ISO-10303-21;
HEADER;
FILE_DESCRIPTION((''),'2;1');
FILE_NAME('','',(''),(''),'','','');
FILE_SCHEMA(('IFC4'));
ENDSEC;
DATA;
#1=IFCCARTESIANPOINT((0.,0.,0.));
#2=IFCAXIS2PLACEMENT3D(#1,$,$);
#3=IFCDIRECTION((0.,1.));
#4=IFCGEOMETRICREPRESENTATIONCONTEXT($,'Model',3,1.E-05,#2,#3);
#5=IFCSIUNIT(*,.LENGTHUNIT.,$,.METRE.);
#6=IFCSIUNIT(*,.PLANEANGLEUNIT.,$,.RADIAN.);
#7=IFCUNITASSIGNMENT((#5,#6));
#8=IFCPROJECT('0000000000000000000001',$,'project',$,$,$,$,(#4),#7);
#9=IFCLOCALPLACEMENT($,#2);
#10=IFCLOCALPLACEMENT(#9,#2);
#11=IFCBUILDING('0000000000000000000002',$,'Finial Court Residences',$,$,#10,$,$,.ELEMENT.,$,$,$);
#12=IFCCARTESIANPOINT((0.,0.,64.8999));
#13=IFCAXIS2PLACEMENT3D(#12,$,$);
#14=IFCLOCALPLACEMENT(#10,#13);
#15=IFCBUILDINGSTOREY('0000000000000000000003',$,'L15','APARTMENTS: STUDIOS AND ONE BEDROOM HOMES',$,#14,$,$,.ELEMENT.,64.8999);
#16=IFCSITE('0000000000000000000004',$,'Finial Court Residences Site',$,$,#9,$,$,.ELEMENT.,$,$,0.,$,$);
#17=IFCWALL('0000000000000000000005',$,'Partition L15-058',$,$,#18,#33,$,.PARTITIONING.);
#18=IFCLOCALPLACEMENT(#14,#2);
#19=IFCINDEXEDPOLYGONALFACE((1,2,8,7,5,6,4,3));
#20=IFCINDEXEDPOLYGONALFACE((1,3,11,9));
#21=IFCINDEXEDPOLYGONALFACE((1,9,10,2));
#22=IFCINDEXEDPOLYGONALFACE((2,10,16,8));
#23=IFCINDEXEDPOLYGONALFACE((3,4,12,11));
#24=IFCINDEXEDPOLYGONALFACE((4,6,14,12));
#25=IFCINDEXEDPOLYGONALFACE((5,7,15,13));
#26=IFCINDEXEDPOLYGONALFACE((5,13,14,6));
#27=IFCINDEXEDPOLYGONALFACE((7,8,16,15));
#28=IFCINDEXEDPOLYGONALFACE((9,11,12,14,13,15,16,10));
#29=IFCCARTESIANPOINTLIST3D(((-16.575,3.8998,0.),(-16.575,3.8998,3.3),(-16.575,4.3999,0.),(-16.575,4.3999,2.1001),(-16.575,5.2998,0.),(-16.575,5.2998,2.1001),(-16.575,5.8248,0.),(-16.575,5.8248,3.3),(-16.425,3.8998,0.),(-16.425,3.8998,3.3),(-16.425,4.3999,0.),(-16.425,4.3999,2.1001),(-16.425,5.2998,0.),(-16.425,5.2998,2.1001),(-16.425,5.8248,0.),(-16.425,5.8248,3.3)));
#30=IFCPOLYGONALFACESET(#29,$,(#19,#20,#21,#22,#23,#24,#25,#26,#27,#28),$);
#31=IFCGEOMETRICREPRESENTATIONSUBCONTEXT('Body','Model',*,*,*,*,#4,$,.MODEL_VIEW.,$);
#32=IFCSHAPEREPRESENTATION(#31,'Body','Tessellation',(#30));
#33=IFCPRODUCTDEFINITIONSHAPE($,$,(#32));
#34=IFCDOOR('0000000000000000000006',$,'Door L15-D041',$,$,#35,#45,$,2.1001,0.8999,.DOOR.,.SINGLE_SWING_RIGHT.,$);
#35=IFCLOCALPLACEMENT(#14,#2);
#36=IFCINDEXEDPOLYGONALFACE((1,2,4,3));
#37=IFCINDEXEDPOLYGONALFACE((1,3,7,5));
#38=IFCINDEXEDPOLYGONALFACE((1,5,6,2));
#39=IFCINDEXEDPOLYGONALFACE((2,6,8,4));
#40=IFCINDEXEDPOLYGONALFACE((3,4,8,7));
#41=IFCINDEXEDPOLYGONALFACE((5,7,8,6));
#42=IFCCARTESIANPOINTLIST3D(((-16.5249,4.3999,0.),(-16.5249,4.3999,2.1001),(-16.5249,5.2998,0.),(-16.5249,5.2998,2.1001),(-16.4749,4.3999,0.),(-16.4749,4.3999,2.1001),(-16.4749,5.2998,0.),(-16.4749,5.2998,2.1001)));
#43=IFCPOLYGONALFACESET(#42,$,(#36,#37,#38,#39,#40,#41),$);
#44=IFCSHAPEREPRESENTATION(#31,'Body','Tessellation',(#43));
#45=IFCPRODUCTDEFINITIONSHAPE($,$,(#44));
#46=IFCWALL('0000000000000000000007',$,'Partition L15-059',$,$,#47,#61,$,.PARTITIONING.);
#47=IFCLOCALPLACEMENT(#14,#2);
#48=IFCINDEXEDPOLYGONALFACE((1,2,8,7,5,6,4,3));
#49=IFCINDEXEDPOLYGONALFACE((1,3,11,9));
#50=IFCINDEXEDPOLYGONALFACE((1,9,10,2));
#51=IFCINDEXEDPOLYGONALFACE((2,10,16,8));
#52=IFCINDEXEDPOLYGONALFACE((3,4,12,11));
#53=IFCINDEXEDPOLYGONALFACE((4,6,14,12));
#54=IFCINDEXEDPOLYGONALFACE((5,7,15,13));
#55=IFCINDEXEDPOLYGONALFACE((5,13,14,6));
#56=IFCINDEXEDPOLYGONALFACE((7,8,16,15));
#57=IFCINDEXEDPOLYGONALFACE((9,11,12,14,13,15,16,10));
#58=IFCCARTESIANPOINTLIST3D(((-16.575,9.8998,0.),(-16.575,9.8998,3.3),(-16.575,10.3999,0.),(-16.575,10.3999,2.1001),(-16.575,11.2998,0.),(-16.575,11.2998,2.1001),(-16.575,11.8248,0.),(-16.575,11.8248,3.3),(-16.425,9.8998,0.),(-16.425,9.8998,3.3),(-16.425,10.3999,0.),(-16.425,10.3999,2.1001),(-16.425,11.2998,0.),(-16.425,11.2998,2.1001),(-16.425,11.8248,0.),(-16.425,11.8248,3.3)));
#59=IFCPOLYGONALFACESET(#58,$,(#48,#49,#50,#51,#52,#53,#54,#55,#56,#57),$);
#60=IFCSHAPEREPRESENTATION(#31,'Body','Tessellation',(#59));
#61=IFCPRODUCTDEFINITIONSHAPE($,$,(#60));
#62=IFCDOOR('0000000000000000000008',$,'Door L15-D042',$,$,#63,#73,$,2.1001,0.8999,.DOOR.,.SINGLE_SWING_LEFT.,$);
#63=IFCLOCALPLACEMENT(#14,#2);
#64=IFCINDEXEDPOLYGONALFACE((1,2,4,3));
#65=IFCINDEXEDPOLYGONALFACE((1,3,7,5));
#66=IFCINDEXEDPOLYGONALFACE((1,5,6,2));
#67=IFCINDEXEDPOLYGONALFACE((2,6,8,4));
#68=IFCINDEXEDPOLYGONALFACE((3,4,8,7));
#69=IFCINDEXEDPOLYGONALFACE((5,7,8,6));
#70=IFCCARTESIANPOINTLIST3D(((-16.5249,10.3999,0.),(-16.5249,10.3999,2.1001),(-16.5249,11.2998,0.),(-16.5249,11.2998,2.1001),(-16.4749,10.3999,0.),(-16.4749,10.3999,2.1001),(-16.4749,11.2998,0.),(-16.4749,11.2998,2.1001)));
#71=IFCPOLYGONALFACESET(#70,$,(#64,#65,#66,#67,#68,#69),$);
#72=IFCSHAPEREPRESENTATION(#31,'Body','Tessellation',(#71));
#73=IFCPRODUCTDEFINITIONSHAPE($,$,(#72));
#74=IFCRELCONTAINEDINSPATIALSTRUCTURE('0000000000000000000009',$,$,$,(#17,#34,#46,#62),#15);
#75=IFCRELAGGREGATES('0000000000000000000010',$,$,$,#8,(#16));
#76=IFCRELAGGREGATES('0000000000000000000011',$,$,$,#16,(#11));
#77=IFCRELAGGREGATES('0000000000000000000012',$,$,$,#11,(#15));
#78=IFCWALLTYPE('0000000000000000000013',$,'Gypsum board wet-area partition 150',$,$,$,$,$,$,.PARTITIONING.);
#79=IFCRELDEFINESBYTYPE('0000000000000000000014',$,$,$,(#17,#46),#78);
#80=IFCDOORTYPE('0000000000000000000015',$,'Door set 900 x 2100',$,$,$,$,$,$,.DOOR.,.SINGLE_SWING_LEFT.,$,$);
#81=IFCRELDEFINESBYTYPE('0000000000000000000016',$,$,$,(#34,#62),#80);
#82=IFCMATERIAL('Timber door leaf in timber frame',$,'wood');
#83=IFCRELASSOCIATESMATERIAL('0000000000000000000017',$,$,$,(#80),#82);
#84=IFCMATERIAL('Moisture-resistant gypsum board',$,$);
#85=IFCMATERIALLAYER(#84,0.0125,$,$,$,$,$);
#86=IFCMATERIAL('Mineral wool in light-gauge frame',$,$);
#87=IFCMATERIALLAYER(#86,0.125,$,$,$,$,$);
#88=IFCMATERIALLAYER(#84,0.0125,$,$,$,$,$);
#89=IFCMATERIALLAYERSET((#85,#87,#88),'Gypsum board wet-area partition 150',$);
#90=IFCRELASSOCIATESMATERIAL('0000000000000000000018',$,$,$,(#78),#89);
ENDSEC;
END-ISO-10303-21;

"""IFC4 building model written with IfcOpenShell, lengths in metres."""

from ifc_helpers import new_model, si_unit, direction, frame, frame_2d, origin, place, context, subcontext, project, spatial, rectangle, extrude, material, layer, layer_set, type_object, element, fill, save


model = new_model("IFC4")

# Units and contexts
model_context = context("Model", 3, precision=1e-05, world=origin(), true_north=direction((0.0, 1.0)))
body_context = subcontext(model_context, "Body", "Model", "MODEL_VIEW")
ifc_project = project(units=[si_unit("LENGTHUNIT", "METRE"), si_unit("PLANEANGLEUNIT", "RADIAN")], contexts=[model_context])

# Site, building, storey
site_placement = place(None, origin())
site = spatial("IfcSite", under=ifc_project, at=site_placement, Name="Finial Court Residences Site", CompositionType="ELEMENT", RefElevation=0.0)
building_placement = place(site_placement, origin())
building = spatial("IfcBuilding", under=site, at=building_placement, Name="Finial Court Residences", CompositionType="ELEMENT")
storey_placement = place(building_placement, frame((0.0, 0.0, 64.8999)))
storey = spatial("IfcBuildingStorey", under=building, at=storey_placement, Name="L15", Description="APARTMENTS: STUDIOS AND ONE BEDROOM HOMES", CompositionType="ELEMENT", Elevation=64.8999)

# Shared definitions
ifc_material_1 = material(Name="Mineral wool in light-gauge frame")
ifc_material_2 = material(Name="Timber door leaf in timber frame", Category="wood")
door_type = type_object("IfcDoorType", Name="Door set 900 x 2100", OperationType="SINGLE_SWING_LEFT", PredefinedType="DOOR", material=ifc_material_2)

# Shared definitions
ifc_material_3 = material(Name="Moisture-resistant gypsum board")
ifc_layer_1 = layer(ifc_material_3, 0.0125)
ifc_layer_2 = layer(ifc_material_1, 0.125)
ifc_layer_3 = layer(ifc_material_3, 0.0125)
ifc_layer_set_1 = layer_set([ifc_layer_1, ifc_layer_2, ifc_layer_3], Name="Gypsum board wet-area partition 150")
wall_type_1 = type_object("IfcWallType", Name="Gypsum board wet-area partition 150", PredefinedType="PARTITIONING", material=ifc_layer_set_1)

# Walls, openings, doors
wall_1_placement = place(storey_placement, frame((-16.5, 3.8999, 0.0), z_axis=(0.0, 0.0, 1.0), x_axis=(0.0, 1.0, 0.0)))
wall_1 = element("IfcWall", 1, at=wall_1_placement, inside=storey, type_object=wall_type_1, Name="Partition L15-058", PredefinedType="PARTITIONING", context=body_context, shape_type="SweptSolid", body=[
    extrude(rectangle(XDim=1.925, YDim=0.1499, at=frame_2d((0.9624, 0.0))), origin(), (0.0, 0.0, 1.0), 3.3),
])
opening_1_placement = place(wall_1_placement, frame((0.5, 0.0, 0.0)))
opening_1 = element("IfcOpeningElement", 2, at=opening_1_placement, cuts=wall_1, PredefinedType="OPENING", context=body_context, shape_type="SweptSolid", body=[
    extrude(rectangle(XDim=0.8999, YDim=2.1001, at=frame_2d((0.45, 1.05))), frame((0.0, 0.085, 0.0), z_axis=(0.0, -1.0, 0.0), x_axis=(1.0, 0.0, 0.0)), (0.0, 0.0, 1.0), 0.1699),
])
door_1_placement = place(opening_1_placement, origin())
door_1 = element("IfcDoor", 3, at=door_1_placement, inside=storey, type_object=door_type, Name="Door L15-D041", OperationType="SINGLE_SWING_RIGHT", OverallHeight=2.1001, OverallWidth=0.8999, PredefinedType="DOOR", context=body_context, shape_type="SweptSolid", body=[
    extrude(rectangle(XDim=0.8999, YDim=2.1001, at=frame_2d((0.45, 1.05))), frame((0.0, 0.0249, 0.0), z_axis=(0.0, -1.0, 0.0), x_axis=(1.0, 0.0, 0.0)), (0.0, 0.0, 1.0), 0.05),
])
fill(opening_1, door_1)
wall_2_placement = place(storey_placement, frame((-16.5, 9.8999, 0.0), z_axis=(0.0, 0.0, 1.0), x_axis=(0.0, 1.0, 0.0)))
wall_2 = element("IfcWall", 4, at=wall_2_placement, inside=storey, type_object=wall_type_1, Name="Partition L15-059", PredefinedType="PARTITIONING", context=body_context, shape_type="SweptSolid", body=[
    extrude(rectangle(XDim=1.925, YDim=0.1499, at=frame_2d((0.9624, 0.0))), origin(), (0.0, 0.0, 1.0), 3.3),
])
opening_2_placement = place(wall_2_placement, frame((0.5, 0.0, 0.0)))
opening_2 = element("IfcOpeningElement", 5, at=opening_2_placement, cuts=wall_2, PredefinedType="OPENING", context=body_context, shape_type="SweptSolid", body=[
    extrude(rectangle(XDim=0.8999, YDim=2.1001, at=frame_2d((0.45, 1.05))), frame((0.0, 0.085, 0.0), z_axis=(0.0, -1.0, 0.0), x_axis=(1.0, 0.0, 0.0)), (0.0, 0.0, 1.0), 0.1699),
])
door_2_placement = place(opening_2_placement, origin())
door_2 = element("IfcDoor", 6, at=door_2_placement, inside=storey, type_object=door_type, Name="Door L15-D042", OperationType="SINGLE_SWING_LEFT", OverallHeight=2.1001, OverallWidth=0.8999, PredefinedType="DOOR", context=body_context, shape_type="SweptSolid", body=[
    extrude(rectangle(XDim=0.8999, YDim=2.1001, at=frame_2d((0.45, 1.05))), frame((0.0, 0.0249, 0.0), z_axis=(0.0, -1.0, 0.0), x_axis=(1.0, 0.0, 0.0)), (0.0, 0.0, 1.0), 0.05),
])
fill(opening_2, door_2)

save(model, "model.ifc")
